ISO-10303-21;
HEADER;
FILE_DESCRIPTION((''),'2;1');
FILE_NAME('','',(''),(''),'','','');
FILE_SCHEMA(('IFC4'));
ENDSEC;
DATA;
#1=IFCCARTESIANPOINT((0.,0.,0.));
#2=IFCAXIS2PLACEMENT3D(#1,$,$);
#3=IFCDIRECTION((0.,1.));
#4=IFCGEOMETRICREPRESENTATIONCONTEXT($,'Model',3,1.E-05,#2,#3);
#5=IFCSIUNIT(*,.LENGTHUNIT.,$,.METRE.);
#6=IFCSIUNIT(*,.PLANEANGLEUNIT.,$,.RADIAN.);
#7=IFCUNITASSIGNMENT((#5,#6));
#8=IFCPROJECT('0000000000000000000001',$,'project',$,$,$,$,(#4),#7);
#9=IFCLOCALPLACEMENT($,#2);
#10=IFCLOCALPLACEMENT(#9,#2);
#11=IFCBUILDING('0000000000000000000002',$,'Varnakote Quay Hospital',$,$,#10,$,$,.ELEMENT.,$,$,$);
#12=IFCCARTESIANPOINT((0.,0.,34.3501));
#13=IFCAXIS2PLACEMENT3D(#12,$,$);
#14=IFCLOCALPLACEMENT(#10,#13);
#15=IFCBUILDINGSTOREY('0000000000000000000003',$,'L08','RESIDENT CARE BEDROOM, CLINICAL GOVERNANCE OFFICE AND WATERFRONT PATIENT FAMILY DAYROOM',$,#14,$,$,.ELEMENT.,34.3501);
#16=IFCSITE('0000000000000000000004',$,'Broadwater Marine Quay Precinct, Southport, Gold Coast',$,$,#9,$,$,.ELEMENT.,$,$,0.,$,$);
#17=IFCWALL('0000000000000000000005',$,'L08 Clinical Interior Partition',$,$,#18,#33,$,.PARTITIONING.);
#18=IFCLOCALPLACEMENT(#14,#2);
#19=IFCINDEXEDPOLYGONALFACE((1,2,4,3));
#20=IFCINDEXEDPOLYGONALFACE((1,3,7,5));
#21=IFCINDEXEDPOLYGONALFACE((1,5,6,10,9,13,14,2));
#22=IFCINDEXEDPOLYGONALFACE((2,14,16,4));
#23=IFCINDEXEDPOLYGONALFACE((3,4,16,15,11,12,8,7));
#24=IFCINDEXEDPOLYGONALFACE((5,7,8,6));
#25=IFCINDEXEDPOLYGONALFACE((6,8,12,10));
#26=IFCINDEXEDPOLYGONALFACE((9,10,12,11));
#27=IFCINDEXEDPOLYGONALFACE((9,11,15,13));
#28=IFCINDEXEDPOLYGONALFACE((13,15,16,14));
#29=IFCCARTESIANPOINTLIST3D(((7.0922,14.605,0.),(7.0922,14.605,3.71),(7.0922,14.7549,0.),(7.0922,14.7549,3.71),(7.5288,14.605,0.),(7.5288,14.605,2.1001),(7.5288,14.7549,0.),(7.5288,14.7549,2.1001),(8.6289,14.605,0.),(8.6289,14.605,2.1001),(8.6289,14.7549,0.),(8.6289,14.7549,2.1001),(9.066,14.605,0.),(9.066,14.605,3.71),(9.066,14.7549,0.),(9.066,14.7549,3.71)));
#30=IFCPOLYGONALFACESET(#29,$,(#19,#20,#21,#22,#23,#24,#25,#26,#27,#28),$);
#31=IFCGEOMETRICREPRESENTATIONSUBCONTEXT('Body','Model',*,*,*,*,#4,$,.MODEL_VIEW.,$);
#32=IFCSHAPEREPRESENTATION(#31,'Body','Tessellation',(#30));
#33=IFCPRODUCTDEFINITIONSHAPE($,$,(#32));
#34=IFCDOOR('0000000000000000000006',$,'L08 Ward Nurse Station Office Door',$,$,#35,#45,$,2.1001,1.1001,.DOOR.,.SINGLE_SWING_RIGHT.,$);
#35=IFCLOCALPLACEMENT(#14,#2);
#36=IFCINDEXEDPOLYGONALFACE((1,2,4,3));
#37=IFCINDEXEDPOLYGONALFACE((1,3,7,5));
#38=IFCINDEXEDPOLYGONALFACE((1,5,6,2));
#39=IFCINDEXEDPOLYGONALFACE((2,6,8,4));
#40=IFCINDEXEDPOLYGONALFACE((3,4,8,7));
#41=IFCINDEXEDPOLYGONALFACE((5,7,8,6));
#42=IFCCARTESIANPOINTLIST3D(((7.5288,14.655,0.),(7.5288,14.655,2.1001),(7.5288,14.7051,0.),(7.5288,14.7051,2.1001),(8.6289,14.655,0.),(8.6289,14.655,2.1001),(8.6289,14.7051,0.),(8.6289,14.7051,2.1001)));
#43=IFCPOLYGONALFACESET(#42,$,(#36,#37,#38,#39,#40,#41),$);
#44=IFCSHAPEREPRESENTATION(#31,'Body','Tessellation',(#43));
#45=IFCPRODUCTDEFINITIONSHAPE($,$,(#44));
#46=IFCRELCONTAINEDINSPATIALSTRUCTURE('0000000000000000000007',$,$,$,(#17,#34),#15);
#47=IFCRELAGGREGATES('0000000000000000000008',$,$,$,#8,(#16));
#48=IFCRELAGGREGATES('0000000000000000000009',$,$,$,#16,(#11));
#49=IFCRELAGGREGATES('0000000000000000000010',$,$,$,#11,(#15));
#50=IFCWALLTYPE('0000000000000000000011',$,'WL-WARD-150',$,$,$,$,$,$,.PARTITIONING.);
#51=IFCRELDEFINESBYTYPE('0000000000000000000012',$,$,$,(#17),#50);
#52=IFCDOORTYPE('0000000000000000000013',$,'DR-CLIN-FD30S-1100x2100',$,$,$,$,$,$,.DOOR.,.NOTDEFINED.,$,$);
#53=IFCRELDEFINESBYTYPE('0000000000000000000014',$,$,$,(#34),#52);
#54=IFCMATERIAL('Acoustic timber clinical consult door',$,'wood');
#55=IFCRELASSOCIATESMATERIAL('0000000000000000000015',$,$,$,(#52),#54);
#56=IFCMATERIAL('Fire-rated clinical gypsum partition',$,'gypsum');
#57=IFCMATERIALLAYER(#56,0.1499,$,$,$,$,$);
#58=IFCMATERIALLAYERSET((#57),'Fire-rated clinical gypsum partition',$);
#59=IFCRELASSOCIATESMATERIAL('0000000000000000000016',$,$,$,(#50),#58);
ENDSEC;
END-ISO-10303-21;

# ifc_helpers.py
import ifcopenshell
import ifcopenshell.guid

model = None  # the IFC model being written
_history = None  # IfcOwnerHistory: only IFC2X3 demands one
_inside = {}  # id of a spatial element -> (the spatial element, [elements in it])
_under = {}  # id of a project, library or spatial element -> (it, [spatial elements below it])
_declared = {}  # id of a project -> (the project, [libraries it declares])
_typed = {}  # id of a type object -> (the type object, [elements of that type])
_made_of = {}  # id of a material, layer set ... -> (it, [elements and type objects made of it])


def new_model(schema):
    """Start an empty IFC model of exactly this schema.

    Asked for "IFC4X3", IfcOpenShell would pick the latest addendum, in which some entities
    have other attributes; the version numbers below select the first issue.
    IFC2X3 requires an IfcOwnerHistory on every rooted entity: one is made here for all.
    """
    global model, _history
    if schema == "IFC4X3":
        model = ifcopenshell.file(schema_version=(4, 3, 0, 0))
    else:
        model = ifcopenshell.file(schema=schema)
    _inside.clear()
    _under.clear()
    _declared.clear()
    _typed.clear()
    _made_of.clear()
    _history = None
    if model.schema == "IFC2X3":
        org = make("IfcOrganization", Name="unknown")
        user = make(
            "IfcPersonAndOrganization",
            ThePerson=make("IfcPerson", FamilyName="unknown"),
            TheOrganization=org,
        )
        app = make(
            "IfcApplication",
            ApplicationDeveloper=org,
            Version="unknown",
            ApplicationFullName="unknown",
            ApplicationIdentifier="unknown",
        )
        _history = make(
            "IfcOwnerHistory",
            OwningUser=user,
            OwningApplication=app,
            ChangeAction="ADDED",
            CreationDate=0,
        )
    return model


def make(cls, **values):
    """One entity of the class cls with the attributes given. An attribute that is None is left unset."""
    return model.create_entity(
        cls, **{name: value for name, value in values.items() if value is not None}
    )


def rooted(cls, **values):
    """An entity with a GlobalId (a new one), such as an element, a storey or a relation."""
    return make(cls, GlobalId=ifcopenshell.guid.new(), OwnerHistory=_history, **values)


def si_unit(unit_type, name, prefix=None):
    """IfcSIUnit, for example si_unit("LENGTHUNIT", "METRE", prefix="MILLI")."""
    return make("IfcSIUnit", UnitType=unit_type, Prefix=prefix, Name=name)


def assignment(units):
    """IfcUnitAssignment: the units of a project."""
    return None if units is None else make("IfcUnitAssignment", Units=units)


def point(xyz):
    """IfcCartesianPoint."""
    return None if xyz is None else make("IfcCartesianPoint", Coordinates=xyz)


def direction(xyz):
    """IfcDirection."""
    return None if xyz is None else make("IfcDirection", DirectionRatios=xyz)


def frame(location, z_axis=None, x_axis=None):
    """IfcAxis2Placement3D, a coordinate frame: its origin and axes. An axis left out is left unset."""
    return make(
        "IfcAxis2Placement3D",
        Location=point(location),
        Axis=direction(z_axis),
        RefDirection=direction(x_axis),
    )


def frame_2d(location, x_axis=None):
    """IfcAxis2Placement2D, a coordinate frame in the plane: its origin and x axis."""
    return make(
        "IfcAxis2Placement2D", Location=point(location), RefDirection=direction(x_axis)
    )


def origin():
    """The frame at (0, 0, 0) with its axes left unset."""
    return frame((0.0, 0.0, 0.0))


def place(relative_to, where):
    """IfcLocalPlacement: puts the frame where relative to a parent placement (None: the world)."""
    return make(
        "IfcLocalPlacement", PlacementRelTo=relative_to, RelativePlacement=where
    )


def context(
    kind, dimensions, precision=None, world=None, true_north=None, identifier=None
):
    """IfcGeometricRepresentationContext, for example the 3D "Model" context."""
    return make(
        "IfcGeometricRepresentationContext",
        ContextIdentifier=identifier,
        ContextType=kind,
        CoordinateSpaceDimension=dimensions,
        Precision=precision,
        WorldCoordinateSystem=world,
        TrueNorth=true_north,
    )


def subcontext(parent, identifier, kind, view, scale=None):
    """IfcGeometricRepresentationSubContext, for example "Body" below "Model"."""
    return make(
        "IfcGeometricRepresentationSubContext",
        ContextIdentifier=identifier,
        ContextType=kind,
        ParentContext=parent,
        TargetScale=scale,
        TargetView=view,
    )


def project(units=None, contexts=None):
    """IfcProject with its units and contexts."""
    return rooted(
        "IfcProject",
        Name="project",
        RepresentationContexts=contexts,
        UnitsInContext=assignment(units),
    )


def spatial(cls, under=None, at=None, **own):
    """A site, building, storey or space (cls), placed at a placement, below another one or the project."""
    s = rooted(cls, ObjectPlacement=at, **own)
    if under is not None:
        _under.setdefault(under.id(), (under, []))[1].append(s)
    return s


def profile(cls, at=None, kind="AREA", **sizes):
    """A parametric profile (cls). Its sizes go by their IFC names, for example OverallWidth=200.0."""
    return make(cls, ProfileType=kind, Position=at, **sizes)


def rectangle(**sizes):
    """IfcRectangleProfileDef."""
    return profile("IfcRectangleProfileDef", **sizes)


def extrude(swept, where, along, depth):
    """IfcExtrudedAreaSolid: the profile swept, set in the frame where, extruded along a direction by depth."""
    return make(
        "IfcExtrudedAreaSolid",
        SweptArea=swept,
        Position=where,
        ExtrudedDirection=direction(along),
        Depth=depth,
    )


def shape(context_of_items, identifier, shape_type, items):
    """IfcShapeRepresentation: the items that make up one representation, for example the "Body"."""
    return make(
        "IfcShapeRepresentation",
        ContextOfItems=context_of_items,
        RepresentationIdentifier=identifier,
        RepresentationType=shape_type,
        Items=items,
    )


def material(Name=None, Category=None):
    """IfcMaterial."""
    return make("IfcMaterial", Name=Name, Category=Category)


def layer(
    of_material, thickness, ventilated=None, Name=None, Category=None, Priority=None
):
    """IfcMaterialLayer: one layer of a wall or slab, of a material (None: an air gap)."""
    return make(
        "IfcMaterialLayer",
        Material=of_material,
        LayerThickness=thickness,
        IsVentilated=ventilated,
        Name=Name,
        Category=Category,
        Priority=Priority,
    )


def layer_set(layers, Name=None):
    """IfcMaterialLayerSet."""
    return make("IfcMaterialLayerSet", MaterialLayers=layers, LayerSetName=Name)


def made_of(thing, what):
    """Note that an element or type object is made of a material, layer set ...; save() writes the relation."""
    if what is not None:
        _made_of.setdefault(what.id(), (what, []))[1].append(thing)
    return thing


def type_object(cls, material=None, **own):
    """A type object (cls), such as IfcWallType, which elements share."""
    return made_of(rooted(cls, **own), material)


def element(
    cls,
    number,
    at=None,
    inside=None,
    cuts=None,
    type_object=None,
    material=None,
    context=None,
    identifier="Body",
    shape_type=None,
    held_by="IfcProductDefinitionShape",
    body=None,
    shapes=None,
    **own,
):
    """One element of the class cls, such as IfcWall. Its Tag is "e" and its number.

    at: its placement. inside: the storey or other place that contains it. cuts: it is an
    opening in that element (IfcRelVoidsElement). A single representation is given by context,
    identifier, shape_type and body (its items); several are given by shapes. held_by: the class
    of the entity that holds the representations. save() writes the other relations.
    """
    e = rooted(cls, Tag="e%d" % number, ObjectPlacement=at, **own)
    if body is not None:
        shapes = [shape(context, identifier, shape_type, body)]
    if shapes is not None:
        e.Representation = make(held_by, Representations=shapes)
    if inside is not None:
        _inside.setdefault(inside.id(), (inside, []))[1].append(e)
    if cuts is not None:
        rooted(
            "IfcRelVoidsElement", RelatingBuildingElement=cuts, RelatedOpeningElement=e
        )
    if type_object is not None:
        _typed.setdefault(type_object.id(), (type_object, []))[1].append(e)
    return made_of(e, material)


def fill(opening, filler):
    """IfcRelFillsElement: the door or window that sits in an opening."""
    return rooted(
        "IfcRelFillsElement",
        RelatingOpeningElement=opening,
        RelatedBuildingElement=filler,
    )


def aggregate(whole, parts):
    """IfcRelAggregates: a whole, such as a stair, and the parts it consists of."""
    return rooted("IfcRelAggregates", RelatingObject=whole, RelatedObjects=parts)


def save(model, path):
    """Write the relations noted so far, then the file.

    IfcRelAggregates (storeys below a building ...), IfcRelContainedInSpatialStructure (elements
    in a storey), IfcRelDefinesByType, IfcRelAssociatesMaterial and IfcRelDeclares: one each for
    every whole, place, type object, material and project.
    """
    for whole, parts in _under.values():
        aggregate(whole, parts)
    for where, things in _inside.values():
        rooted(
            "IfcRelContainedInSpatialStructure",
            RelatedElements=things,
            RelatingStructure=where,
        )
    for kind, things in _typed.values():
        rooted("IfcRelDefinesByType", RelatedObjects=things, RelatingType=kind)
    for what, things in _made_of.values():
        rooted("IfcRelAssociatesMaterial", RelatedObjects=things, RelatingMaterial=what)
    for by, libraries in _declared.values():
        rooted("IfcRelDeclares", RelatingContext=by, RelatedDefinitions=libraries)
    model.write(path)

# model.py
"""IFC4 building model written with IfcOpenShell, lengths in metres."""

from ifc_helpers import new_model, si_unit, direction, frame, frame_2d, origin, place, context, subcontext, project, spatial, rectangle, extrude, material, layer, layer_set, type_object, element, fill, save


model = new_model("IFC4")

# Units and contexts
model_context = context("Model", 3, precision=1e-05, world=origin(), true_north=direction((0.0, 1.0)))
body_context = subcontext(model_context, "Body", "Model", "MODEL_VIEW")
ifc_project = project(units=[si_unit("LENGTHUNIT", "METRE"), si_unit("PLANEANGLEUNIT", "RADIAN")], contexts=[model_context])

# Site, building, storey
site_placement = place(None, origin())
site = spatial("IfcSite", under=ifc_project, at=site_placement, Name="Broadwater Marine Quay Precinct, Southport, Gold Coast", CompositionType="ELEMENT", RefElevation=0.0)
building_placement = place(site_placement, origin())
building = spatial("IfcBuilding", under=site, at=building_placement, Name="Varnakote Quay Hospital", CompositionType="ELEMENT")
storey_placement = place(building_placement, frame((0.0, 0.0, 34.3501)))
storey = spatial("IfcBuildingStorey", under=building, at=storey_placement, Name="L08", Description="RESIDENT CARE BEDROOM, CLINICAL GOVERNANCE OFFICE AND WATERFRONT PATIENT FAMILY DAYROOM", CompositionType="ELEMENT", Elevation=34.3501)

# Shared definitions
ifc_material_1 = material(Name="Acoustic timber clinical consult door", Category="wood")
door_type_1 = type_object("IfcDoorType", Name="DR-CLIN-FD30S-1100x2100", OperationType="NOTDEFINED", PredefinedType="DOOR", material=ifc_material_1)

# Wall, opening, door
ifc_material_2 = material(Name="Fire-rated clinical gypsum partition", Category="gypsum")
ifc_layer_1 = layer(ifc_material_2, 0.1499)
ifc_layer_set_1 = layer_set([ifc_layer_1], Name="Fire-rated clinical gypsum partition")
wall_type_1 = type_object("IfcWallType", Name="WL-WARD-150", PredefinedType="PARTITIONING", material=ifc_layer_set_1)
wall_1_placement = place(storey_placement, frame((9.0659, 14.6799, 0.0), z_axis=(0.0, 0.0, 1.0), x_axis=(-1.0, 0.0, 0.0)))
wall_1 = element("IfcWall", 1, at=wall_1_placement, inside=storey, type_object=wall_type_1, Name="L08 Clinical Interior Partition", PredefinedType="PARTITIONING", context=body_context, shape_type="SweptSolid", body=[
    extrude(rectangle(XDim=1.9739, YDim=0.1499, at=frame_2d((0.9868, 0.0))), origin(), (0.0, 0.0, 1.0), 3.71),
])
opening_1_placement = place(wall_1_placement, frame((0.437, 0.0, 0.0)))
opening_1 = element("IfcOpeningElement", 2, at=opening_1_placement, cuts=wall_1, PredefinedType="OPENING", context=body_context, shape_type="SweptSolid", body=[
    extrude(rectangle(XDim=1.1001, YDim=2.1001, at=frame_2d((0.55, 1.05))), frame((0.0, 0.085, 0.0), z_axis=(0.0, -1.0, 0.0), x_axis=(1.0, 0.0, 0.0)), (0.0, 0.0, 1.0), 0.1699),
])
door_1_placement = place(opening_1_placement, origin())
door_1 = element("IfcDoor", 3, at=door_1_placement, inside=storey, type_object=door_type_1, Name="L08 Ward Nurse Station Office Door", OperationType="SINGLE_SWING_RIGHT", OverallHeight=2.1001, OverallWidth=1.1001, PredefinedType="DOOR", context=body_context, shape_type="SweptSolid", body=[
    extrude(rectangle(XDim=1.1001, YDim=2.1001, at=frame_2d((0.55, 1.05))), frame((0.0, 0.0249, 0.0), z_axis=(0.0, -1.0, 0.0), x_axis=(1.0, 0.0, 0.0)), (0.0, 0.0, 1.0), 0.05),
])
fill(opening_1, door_1)

save(model, "model.ifc")
